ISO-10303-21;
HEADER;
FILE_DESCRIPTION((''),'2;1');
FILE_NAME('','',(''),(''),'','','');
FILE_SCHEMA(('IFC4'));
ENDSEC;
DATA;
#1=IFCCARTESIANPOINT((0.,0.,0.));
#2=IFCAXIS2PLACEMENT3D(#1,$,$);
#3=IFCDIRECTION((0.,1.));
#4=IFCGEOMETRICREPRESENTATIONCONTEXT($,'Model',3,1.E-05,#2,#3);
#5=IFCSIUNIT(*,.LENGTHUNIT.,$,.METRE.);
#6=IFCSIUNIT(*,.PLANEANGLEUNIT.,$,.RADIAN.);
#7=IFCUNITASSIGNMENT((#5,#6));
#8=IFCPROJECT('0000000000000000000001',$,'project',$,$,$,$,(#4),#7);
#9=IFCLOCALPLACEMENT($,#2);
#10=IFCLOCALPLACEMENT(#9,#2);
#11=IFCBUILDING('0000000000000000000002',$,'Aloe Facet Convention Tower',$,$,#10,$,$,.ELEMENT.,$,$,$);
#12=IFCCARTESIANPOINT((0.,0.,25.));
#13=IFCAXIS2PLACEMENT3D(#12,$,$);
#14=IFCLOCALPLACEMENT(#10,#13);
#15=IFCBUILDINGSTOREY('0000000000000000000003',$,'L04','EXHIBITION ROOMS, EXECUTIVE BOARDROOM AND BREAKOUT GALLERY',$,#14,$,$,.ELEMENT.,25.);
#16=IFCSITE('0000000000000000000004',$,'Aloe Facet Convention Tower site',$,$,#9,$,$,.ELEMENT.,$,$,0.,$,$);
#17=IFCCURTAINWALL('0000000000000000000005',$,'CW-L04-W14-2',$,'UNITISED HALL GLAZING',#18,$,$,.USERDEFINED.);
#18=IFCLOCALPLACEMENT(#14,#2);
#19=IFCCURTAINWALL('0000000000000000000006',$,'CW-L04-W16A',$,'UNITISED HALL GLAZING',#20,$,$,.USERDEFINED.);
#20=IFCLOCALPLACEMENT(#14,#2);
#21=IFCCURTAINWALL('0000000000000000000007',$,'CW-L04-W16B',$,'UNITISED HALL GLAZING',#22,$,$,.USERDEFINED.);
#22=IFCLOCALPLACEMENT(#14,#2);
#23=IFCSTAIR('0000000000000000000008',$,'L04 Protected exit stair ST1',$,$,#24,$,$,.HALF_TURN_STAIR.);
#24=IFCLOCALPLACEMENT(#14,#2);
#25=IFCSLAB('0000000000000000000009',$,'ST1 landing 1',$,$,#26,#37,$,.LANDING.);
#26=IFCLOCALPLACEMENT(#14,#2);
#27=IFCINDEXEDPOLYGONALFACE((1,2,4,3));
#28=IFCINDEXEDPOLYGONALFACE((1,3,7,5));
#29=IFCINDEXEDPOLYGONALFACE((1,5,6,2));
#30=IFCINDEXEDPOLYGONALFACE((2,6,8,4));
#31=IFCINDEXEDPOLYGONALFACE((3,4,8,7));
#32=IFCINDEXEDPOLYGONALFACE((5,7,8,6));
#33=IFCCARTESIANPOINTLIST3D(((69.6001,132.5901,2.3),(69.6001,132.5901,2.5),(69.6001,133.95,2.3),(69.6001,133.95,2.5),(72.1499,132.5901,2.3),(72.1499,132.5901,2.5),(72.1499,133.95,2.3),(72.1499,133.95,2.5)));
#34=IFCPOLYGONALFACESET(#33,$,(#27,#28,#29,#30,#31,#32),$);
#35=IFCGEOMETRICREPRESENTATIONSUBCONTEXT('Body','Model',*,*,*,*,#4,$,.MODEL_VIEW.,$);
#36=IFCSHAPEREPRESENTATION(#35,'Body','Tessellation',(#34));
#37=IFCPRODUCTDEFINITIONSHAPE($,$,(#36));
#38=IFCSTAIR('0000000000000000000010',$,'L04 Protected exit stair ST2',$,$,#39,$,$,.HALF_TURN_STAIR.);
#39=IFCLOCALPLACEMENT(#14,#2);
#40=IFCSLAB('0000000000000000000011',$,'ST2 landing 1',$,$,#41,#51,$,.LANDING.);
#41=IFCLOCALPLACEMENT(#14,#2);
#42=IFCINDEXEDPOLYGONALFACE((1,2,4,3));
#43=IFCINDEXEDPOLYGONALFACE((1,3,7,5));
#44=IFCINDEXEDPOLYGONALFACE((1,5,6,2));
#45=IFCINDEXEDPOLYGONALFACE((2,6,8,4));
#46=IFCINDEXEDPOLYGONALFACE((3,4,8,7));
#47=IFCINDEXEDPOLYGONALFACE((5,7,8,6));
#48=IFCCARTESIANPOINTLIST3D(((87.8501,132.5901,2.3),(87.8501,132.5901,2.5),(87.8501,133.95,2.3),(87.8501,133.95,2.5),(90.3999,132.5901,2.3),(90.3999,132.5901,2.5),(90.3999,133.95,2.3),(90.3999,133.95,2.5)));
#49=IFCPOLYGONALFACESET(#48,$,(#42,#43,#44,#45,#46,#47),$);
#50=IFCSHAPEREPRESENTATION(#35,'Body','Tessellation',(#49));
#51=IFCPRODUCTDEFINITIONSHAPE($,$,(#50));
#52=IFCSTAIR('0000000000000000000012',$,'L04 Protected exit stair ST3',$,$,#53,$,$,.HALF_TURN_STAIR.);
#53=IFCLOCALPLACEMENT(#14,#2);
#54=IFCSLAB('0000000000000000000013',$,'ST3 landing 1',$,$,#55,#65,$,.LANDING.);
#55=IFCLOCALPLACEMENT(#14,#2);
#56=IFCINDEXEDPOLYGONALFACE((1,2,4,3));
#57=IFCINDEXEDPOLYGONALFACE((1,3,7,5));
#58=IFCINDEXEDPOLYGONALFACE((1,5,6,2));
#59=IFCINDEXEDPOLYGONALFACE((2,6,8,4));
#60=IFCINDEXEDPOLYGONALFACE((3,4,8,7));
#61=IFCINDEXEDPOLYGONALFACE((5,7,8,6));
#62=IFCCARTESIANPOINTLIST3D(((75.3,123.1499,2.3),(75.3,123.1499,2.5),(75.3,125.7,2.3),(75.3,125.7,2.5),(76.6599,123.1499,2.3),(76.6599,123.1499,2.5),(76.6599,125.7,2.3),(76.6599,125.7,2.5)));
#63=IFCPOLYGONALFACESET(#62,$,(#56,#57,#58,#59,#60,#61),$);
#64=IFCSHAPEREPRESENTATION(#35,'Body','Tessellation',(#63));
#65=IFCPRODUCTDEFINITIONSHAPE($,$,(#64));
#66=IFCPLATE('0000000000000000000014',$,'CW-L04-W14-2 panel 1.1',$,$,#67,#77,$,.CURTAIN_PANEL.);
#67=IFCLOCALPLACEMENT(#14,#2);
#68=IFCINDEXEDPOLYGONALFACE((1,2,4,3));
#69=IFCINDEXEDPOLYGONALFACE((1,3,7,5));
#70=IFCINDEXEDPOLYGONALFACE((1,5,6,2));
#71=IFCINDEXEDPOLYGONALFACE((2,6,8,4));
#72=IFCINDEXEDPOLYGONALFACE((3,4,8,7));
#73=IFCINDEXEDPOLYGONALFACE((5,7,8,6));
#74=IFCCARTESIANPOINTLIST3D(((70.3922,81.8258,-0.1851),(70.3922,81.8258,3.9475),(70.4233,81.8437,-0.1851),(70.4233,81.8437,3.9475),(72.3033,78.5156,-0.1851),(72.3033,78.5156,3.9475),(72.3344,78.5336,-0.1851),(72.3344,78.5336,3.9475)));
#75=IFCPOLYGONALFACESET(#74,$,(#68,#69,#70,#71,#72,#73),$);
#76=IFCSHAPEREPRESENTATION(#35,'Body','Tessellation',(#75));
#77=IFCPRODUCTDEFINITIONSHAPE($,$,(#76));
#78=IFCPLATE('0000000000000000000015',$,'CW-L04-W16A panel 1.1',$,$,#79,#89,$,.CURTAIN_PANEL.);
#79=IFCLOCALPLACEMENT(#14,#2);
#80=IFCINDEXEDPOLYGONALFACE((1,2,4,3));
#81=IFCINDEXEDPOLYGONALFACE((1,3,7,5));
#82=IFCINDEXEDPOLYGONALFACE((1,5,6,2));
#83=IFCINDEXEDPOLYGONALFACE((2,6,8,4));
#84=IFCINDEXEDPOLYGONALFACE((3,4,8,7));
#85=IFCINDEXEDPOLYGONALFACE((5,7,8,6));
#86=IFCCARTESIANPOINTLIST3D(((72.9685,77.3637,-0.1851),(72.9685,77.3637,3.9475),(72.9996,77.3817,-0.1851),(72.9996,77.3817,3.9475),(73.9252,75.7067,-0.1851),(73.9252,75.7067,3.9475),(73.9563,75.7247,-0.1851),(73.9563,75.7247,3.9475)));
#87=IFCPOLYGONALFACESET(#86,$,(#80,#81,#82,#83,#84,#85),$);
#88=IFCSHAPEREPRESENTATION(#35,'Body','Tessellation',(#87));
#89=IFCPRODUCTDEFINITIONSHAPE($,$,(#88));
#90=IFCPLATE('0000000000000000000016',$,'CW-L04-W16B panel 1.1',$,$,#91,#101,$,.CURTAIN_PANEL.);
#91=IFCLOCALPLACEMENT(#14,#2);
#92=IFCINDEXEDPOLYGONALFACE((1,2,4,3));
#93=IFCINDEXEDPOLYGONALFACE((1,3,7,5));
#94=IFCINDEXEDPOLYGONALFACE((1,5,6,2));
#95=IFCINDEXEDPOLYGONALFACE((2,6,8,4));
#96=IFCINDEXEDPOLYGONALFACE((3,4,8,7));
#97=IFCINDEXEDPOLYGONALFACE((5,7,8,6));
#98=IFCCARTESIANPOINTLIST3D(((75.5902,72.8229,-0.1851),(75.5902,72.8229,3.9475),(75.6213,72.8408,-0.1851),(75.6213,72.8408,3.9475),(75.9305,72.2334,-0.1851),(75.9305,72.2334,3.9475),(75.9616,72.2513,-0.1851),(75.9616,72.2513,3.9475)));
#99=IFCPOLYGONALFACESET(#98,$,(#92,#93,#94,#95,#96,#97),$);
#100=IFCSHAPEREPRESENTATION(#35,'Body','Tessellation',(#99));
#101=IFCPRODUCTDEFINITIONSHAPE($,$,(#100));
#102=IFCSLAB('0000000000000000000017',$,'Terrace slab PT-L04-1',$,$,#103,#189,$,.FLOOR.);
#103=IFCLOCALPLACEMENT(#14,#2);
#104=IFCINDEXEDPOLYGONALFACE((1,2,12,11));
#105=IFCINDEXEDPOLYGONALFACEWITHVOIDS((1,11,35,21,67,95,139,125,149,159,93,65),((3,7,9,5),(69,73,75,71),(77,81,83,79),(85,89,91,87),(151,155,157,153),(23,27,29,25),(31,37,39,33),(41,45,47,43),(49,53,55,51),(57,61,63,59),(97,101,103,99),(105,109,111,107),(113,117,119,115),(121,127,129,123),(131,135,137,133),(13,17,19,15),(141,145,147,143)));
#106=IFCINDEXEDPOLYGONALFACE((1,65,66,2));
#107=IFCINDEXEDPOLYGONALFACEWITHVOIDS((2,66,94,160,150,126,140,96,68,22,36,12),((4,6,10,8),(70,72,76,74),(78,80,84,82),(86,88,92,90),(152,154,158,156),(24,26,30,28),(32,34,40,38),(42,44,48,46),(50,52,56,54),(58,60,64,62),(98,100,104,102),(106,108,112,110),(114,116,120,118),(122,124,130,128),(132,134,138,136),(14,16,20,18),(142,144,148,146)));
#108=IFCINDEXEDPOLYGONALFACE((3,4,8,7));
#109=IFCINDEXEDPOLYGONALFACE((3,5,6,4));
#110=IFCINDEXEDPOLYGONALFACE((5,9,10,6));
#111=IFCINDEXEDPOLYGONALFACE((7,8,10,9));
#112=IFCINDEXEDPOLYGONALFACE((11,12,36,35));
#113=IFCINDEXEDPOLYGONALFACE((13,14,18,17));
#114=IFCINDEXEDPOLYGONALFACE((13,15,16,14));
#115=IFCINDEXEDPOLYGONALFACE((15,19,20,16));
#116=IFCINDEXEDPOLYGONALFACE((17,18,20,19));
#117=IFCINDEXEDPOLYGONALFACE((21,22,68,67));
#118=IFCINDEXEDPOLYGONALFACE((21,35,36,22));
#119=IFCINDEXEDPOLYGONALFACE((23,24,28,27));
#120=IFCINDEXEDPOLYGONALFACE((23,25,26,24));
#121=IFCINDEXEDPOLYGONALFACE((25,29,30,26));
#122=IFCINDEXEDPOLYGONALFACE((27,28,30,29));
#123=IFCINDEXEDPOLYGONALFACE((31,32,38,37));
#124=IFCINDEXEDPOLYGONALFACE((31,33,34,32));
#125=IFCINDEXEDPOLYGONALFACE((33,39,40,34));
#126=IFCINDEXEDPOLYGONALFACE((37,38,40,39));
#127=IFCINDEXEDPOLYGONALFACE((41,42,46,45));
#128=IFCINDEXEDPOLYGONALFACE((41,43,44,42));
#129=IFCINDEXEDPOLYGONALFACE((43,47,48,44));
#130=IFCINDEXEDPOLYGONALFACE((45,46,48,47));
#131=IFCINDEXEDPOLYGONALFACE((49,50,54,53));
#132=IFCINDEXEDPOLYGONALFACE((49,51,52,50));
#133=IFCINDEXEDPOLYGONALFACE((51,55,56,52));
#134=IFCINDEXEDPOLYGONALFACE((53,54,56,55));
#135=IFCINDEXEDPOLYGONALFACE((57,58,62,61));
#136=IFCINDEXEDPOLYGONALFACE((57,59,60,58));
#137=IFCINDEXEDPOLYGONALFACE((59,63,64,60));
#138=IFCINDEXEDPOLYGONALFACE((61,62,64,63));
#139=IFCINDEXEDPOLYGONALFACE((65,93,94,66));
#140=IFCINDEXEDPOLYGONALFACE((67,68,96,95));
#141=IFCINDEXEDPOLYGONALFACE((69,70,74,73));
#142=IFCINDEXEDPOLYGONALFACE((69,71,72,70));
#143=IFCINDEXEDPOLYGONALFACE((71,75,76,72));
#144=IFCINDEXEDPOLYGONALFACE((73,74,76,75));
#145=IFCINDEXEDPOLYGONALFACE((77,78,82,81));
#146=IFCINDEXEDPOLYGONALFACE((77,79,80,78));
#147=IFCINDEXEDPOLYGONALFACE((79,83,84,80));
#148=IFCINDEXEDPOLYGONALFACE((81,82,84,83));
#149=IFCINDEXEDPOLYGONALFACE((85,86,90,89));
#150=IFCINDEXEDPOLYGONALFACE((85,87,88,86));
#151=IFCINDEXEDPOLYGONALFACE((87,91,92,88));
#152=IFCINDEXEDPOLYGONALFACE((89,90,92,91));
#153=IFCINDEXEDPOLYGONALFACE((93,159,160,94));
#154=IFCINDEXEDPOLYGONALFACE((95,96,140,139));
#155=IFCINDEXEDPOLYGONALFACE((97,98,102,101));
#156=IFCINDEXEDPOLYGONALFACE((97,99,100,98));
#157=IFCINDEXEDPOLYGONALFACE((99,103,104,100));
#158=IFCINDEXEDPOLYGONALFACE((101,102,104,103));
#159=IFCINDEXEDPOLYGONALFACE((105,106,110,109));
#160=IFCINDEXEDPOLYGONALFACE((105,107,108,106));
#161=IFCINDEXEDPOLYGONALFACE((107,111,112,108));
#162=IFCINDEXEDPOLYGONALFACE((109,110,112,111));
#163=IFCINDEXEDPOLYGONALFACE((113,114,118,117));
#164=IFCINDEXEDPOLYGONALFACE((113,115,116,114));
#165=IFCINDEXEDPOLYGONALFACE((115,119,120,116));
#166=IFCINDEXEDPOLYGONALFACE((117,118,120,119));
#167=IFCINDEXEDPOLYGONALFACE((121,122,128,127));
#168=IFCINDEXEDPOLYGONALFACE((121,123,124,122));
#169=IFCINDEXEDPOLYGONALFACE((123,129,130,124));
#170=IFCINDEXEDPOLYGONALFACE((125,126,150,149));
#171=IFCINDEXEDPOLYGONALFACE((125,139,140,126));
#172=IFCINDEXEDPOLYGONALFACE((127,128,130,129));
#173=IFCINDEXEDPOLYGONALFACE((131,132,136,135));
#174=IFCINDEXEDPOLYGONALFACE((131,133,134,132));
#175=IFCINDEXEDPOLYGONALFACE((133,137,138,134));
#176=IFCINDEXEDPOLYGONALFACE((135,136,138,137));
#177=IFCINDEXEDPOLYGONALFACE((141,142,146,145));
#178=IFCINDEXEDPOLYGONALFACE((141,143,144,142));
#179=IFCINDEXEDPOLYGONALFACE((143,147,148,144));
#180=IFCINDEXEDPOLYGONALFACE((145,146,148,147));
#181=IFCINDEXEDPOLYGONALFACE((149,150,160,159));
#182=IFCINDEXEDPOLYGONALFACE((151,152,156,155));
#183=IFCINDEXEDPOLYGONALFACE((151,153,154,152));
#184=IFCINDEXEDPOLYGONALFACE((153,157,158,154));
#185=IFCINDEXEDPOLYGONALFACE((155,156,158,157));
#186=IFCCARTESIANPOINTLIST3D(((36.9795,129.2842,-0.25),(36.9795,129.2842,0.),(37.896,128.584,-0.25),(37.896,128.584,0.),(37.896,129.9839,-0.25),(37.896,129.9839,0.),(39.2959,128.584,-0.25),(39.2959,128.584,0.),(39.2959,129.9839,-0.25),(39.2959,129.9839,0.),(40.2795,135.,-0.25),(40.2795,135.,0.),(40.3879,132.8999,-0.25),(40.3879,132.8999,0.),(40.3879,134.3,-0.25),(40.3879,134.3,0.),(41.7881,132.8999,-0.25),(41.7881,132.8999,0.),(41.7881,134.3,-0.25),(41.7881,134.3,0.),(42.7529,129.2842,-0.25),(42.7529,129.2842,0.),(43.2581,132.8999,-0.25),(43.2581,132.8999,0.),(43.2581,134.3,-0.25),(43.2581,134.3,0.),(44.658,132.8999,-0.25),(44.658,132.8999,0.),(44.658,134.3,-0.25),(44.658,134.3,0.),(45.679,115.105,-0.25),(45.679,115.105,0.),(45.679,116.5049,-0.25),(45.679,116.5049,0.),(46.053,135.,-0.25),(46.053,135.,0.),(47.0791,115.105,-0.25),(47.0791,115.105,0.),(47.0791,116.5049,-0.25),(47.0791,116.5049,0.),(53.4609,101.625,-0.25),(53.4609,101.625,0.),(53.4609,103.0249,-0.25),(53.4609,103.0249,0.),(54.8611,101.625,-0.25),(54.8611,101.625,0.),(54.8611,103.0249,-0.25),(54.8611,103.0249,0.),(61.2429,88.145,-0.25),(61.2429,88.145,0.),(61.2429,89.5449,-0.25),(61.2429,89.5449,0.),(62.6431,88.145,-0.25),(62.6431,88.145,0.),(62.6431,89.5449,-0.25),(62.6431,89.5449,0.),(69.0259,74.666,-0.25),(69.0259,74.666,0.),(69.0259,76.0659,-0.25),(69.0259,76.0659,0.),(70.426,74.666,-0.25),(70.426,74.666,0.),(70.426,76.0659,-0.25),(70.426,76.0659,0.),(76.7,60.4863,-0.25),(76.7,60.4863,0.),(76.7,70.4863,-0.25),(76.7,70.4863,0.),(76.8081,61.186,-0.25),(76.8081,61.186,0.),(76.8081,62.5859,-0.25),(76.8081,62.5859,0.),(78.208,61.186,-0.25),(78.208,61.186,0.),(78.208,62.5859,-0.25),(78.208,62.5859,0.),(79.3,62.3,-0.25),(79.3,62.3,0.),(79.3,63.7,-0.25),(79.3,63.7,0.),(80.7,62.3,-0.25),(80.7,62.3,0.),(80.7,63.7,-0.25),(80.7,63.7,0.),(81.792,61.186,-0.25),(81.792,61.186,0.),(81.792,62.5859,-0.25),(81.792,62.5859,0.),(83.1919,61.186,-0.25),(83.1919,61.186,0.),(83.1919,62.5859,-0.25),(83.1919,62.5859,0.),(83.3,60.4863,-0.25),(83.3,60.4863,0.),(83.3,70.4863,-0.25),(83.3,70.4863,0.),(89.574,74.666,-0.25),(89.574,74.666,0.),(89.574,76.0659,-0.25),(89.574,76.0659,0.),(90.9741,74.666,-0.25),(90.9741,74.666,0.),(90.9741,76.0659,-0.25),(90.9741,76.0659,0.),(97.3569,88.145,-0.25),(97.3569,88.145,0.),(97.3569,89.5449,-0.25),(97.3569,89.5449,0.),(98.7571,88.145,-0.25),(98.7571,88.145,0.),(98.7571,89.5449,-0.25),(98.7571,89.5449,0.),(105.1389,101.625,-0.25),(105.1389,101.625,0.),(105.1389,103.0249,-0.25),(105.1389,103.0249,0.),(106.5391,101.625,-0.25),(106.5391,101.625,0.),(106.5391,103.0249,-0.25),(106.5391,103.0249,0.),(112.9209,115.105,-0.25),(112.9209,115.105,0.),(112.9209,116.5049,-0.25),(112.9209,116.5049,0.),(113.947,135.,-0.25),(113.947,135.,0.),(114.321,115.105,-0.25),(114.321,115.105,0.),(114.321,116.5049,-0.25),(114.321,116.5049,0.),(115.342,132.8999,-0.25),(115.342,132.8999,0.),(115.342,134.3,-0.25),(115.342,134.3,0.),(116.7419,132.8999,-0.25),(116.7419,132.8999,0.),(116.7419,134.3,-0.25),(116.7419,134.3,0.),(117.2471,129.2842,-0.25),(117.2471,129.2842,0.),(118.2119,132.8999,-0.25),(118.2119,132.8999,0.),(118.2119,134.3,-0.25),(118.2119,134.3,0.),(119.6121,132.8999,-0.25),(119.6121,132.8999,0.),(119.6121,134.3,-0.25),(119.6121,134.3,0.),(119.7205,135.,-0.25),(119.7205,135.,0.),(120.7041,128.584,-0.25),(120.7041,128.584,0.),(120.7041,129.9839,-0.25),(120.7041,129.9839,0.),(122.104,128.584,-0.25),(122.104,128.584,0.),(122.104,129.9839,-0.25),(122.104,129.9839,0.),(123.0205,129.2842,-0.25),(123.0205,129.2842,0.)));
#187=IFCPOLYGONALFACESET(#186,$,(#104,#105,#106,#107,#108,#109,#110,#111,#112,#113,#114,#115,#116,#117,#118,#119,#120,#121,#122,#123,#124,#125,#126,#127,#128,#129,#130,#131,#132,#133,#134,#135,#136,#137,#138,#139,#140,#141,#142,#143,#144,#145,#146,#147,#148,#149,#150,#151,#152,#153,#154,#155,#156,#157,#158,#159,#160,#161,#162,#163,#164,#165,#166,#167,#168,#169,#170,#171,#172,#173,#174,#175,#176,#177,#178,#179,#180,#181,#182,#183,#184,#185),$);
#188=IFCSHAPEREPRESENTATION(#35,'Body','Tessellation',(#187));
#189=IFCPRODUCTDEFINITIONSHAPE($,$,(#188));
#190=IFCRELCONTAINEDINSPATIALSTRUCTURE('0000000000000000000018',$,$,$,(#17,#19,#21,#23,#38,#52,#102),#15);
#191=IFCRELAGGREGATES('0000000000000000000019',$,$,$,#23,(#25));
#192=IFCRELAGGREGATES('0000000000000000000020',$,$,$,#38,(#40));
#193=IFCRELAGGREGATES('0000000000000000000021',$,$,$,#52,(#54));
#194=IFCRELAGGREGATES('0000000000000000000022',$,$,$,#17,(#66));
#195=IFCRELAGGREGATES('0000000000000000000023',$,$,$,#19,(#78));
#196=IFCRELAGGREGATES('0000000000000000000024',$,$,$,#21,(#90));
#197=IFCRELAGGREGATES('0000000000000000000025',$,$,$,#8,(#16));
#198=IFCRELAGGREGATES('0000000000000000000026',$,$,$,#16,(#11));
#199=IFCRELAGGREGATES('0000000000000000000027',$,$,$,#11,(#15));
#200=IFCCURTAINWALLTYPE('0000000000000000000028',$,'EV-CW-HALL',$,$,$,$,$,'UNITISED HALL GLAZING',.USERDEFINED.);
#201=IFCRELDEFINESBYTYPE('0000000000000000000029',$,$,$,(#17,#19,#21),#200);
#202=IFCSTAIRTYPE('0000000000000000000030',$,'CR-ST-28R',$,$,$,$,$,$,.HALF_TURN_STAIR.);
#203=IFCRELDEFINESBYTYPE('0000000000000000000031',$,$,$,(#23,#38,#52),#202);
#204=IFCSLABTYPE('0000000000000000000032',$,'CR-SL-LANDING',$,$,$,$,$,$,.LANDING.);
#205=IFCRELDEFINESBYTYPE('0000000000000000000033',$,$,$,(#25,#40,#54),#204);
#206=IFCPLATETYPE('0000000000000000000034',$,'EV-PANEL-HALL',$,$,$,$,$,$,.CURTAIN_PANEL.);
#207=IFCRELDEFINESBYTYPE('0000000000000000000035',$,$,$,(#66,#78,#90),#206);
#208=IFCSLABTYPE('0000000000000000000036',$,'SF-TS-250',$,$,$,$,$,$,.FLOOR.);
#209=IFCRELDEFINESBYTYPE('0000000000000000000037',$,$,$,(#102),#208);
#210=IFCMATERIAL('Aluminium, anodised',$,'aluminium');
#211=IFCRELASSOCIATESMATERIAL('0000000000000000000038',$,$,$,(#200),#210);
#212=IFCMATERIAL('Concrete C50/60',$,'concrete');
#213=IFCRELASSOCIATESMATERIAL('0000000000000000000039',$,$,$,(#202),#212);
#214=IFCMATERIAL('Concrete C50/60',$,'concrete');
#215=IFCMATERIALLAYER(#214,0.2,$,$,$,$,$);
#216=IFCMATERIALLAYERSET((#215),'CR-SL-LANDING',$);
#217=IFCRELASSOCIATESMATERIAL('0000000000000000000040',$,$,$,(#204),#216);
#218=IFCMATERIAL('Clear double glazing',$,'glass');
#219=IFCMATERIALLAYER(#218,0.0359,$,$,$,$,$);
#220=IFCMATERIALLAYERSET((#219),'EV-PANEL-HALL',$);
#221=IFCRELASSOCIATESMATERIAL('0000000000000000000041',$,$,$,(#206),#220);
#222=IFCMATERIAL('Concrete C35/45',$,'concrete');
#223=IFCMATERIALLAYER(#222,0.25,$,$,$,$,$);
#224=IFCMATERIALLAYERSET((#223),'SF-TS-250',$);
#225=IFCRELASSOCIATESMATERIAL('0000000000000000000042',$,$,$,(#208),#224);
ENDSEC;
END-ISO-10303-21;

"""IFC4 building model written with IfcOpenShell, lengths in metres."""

from ifc_helpers import new_model, si_unit, direction, frame, origin, origin_2d, place, context, subcontext, project, spatial, polyline, rectangle, outline, extrude, material, layer, layer_set, type_object, element, aggregate, save


model = new_model("IFC4")

# Units and contexts
model_context = context("Model", 3, precision=1e-05, world=origin(), true_north=direction((0.0, 1.0)))
body_context = subcontext(model_context, "Body", "Model", "MODEL_VIEW")
ifc_project = project(units=[si_unit("LENGTHUNIT", "METRE"), si_unit("PLANEANGLEUNIT", "RADIAN")], contexts=[model_context])

# Site, building, storey
site_placement = place(None, origin())
site = spatial("IfcSite", under=ifc_project, at=site_placement, Name="Aloe Facet Convention Tower site", CompositionType="ELEMENT", RefElevation=0.0)
building_placement = place(site_placement, origin())
building = spatial("IfcBuilding", under=site, at=building_placement, Name="Aloe Facet Convention Tower", CompositionType="ELEMENT")
storey_placement = place(building_placement, frame((0.0, 0.0, 25.0)))
storey = spatial("IfcBuildingStorey", under=building, at=storey_placement, Name="L04", Description="EXHIBITION ROOMS, EXECUTIVE BOARDROOM AND BREAKOUT GALLERY", CompositionType="ELEMENT", Elevation=25.0)

# Curtain wall
ifc_material_1 = material(Name="Aluminium, anodised", Category="aluminium")
curtain_wall_type = type_object("IfcCurtainWallType", Name="EV-CW-HALL", ElementType="UNITISED HALL GLAZING", PredefinedType="USERDEFINED", material=ifc_material_1)
curtain_wall_1_placement = place(storey_placement, origin())
curtain_wall_1 = element("IfcCurtainWall", 1, at=curtain_wall_1_placement, inside=storey, type_object=curtain_wall_type, Name="CW-L04-W14-2", ObjectType="UNITISED HALL GLAZING", PredefinedType="USERDEFINED")

# Curtain walls
curtain_wall_2_placement = place(storey_placement, origin())
curtain_wall_2 = element("IfcCurtainWall", 2, at=curtain_wall_2_placement, inside=storey, type_object=curtain_wall_type, Name="CW-L04-W16A", ObjectType="UNITISED HALL GLAZING", PredefinedType="USERDEFINED")
curtain_wall_3_placement = place(storey_placement, origin())
curtain_wall_3 = element("IfcCurtainWall", 3, at=curtain_wall_3_placement, inside=storey, type_object=curtain_wall_type, Name="CW-L04-W16B", ObjectType="UNITISED HALL GLAZING", PredefinedType="USERDEFINED")

# Stairs, slabs
ifc_material_2 = material(Name="Concrete C50/60", Category="concrete")
stair_type = type_object("IfcStairType", Name="CR-ST-28R", PredefinedType="HALF_TURN_STAIR", material=ifc_material_2)
stair_1_placement = place(storey_placement, origin())
stair_1 = element("IfcStair", 4, at=stair_1_placement, inside=storey, type_object=stair_type, Name="L04 Protected exit stair ST1", PredefinedType="HALF_TURN_STAIR")
ifc_material_3 = material(Name="Concrete C50/60", Category="concrete")
ifc_layer_1 = layer(ifc_material_3, 0.2)
ifc_layer_set_1 = layer_set([ifc_layer_1], Name="CR-SL-LANDING")
slab_type_1 = type_object("IfcSlabType", Name="CR-SL-LANDING", PredefinedType="LANDING", material=ifc_layer_set_1)
slab_1_placement = place(storey_placement, frame((0.0, 0.0, 2.3)))
slab_1 = element("IfcSlab", 5, at=slab_1_placement, type_object=slab_type_1, Name="ST1 landing 1", PredefinedType="LANDING", context=body_context, shape_type="SweptSolid", body=[
    extrude(outline(polyline([(72.1499, 132.5901), (72.1499, 133.95), (69.6001, 133.95), (69.6001, 132.5901), (72.1499, 132.5901)])), origin(), (0.0, 0.0, 1.0), 0.2),
])
aggregate(stair_1, [slab_1])
stair_2_placement = place(storey_placement, origin())
stair_2 = element("IfcStair", 6, at=stair_2_placement, inside=storey, type_object=stair_type, Name="L04 Protected exit stair ST2", PredefinedType="HALF_TURN_STAIR")
slab_2_placement = place(storey_placement, frame((0.0, 0.0, 2.3)))
slab_2 = element("IfcSlab", 7, at=slab_2_placement, type_object=slab_type_1, Name="ST2 landing 1", PredefinedType="LANDING", context=body_context, shape_type="SweptSolid", body=[
    extrude(outline(polyline([(90.3999, 132.5901), (90.3999, 133.95), (87.8501, 133.95), (87.8501, 132.5901), (90.3999, 132.5901)])), origin(), (0.0, 0.0, 1.0), 0.2),
])
aggregate(stair_2, [slab_2])
stair_3_placement = place(storey_placement, origin())
stair_3 = element("IfcStair", 8, at=stair_3_placement, inside=storey, type_object=stair_type, Name="L04 Protected exit stair ST3", PredefinedType="HALF_TURN_STAIR")
slab_3_placement = place(storey_placement, frame((0.0, 0.0, 2.3)))
slab_3 = element("IfcSlab", 9, at=slab_3_placement, type_object=slab_type_1, Name="ST3 landing 1", PredefinedType="LANDING", context=body_context, shape_type="SweptSolid", body=[
    extrude(outline(polyline([(76.6599, 125.7), (75.3, 125.7), (75.3, 123.1499), (76.6599, 123.1499), (76.6599, 125.7)])), origin(), (0.0, 0.0, 1.0), 0.2),
])
aggregate(stair_3, [slab_3])

# Plates
ifc_material_4 = material(Name="Clear double glazing", Category="glass")
ifc_layer_2 = layer(ifc_material_4, 0.0359)
ifc_layer_set_2 = layer_set([ifc_layer_2], Name="EV-PANEL-HALL")
plate_type = type_object("IfcPlateType", Name="EV-PANEL-HALL", PredefinedType="CURTAIN_PANEL", material=ifc_layer_set_2)
plate_1_placement = place(storey_placement, frame((71.3633, 80.1797, -0.1851), z_axis=(0.0, 0.0, 1.0), x_axis=(0.5, -0.866025, 0.0)))
plate_1 = element("IfcPlate", 10, at=plate_1_placement, type_object=plate_type, Name="CW-L04-W14-2 panel 1.1", PredefinedType="CURTAIN_PANEL", context=body_context, shape_type="SweptSolid", body=[
    extrude(rectangle(XDim=3.8223, YDim=0.0359, at=origin_2d()), origin(), (0.0, 0.0, 1.0), 4.1326),
])
aggregate(curtain_wall_1, [plate_1])
plate_2_placement = place(storey_placement, frame((73.4624, 76.5442, -0.1851), z_axis=(0.0, 0.0, 1.0), x_axis=(0.5, -0.866025, 0.0)))
plate_2 = element("IfcPlate", 11, at=plate_2_placement, type_object=plate_type, Name="CW-L04-W16A panel 1.1", PredefinedType="CURTAIN_PANEL", context=body_context, shape_type="SweptSolid", body=[
    extrude(rectangle(XDim=1.9133, YDim=0.0359, at=origin_2d()), origin(), (0.0, 0.0, 1.0), 4.1326),
])
aggregate(curtain_wall_2, [plate_2])
plate_3_placement = place(storey_placement, frame((75.7759, 72.5371, -0.1851), z_axis=(0.0, 0.0, 1.0), x_axis=(0.5, -0.866025, 0.0)))
plate_3 = element("IfcPlate", 12, at=plate_3_placement, type_object=plate_type, Name="CW-L04-W16B panel 1.1", PredefinedType="CURTAIN_PANEL", context=body_context, shape_type="SweptSolid", body=[
    extrude(rectangle(XDim=0.6807, YDim=0.0359, at=origin_2d()), origin(), (0.0, 0.0, 1.0), 4.1326),
])
aggregate(curtain_wall_3, [plate_3])

# Slab
ifc_material_5 = material(Name="Concrete C35/45", Category="concrete")
ifc_layer_3 = layer(ifc_material_5, 0.25)
ifc_layer_set_3 = layer_set([ifc_layer_3], Name="SF-TS-250")
slab_type_2 = type_object("IfcSlabType", Name="SF-TS-250", PredefinedType="FLOOR", material=ifc_layer_set_3)
slab_4_placement = place(storey_placement, frame((0.0, 0.0, -0.25)))
element("IfcSlab", 13, at=slab_4_placement, inside=storey, type_object=slab_type_2, Name="Terrace slab PT-L04-1", PredefinedType="FLOOR", context=body_context, shape_type="SweptSolid", body=[
    extrude(outline(polyline([(123.0205, 129.2842), (83.3, 60.4863), (76.7, 60.4863), (36.9795, 129.2842), (40.2795, 135.0), (46.053, 135.0), (42.7529, 129.2842), (76.7, 70.4863), (83.3, 70.4863), (117.2471, 129.2842), (113.947, 135.0), (119.7205, 135.0), (123.0205, 129.2842)]), holes=[polyline([(70.426, 74.666), (70.426, 76.0659), (69.0259, 76.0659), (69.0259, 74.666), (70.426, 74.666)]), polyline([(61.2429, 88.145), (62.6431, 88.145), (62.6431, 89.5449), (61.2429, 89.5449), (61.2429, 88.145)]), polyline([(53.4609, 101.625), (54.8611, 101.625), (54.8611, 103.0249), (53.4609, 103.0249), (53.4609, 101.625)]), polyline([(47.0791, 115.105), (47.0791, 116.5049), (45.679, 116.5049), (45.679, 115.105), (47.0791, 115.105)]), polyline([(37.896, 128.584), (39.2959, 128.584), (39.2959, 129.9839), (37.896, 129.9839), (37.896, 128.584)]), polyline([(43.2581, 132.8999), (44.658, 132.8999), (44.658, 134.3), (43.2581, 134.3), (43.2581, 132.8999)]), polyline([(40.3879, 132.8999), (41.7881, 132.8999), (41.7881, 134.3), (40.3879, 134.3), (40.3879, 132.8999)]), polyline([(76.8081, 61.186), (78.208, 61.186), (78.208, 62.5859), (76.8081, 62.5859), (76.8081, 61.186)]), polyline([(81.792, 61.186), (83.1919, 61.186), (83.1919, 62.5859), (81.792, 62.5859), (81.792, 61.186)]), polyline([(80.7, 62.3), (80.7, 63.7), (79.3, 63.7), (79.3, 62.3), (80.7, 62.3)]), polyline([(89.574, 74.666), (90.9741, 74.666), (90.9741, 76.0659), (89.574, 76.0659), (89.574, 74.666)]), polyline([(97.3569, 88.145), (98.7571, 88.145), (98.7571, 89.5449), (97.3569, 89.5449), (97.3569, 88.145)]), polyline([(106.5391, 101.625), (106.5391, 103.0249), (105.1389, 103.0249), (105.1389, 101.625), (106.5391, 101.625)]), polyline([(112.9209, 115.105), (114.321, 115.105), (114.321, 116.5049), (112.9209, 116.5049), (112.9209, 115.105)]), polyline([(120.7041, 128.584), (122.104, 128.584), (122.104, 129.9839), (120.7041, 129.9839), (120.7041, 128.584)]), polyline([(115.342, 132.8999), (116.7419, 132.8999), (116.7419, 134.3), (115.342, 134.3), (115.342, 132.8999)]), polyline([(118.2119, 132.8999), (119.6121, 132.8999), (119.6121, 134.3), (118.2119, 134.3), (118.2119, 132.8999)])]), origin(), (0.0, 0.0, 1.0), 0.25),
])

save(model, "model.ifc")
